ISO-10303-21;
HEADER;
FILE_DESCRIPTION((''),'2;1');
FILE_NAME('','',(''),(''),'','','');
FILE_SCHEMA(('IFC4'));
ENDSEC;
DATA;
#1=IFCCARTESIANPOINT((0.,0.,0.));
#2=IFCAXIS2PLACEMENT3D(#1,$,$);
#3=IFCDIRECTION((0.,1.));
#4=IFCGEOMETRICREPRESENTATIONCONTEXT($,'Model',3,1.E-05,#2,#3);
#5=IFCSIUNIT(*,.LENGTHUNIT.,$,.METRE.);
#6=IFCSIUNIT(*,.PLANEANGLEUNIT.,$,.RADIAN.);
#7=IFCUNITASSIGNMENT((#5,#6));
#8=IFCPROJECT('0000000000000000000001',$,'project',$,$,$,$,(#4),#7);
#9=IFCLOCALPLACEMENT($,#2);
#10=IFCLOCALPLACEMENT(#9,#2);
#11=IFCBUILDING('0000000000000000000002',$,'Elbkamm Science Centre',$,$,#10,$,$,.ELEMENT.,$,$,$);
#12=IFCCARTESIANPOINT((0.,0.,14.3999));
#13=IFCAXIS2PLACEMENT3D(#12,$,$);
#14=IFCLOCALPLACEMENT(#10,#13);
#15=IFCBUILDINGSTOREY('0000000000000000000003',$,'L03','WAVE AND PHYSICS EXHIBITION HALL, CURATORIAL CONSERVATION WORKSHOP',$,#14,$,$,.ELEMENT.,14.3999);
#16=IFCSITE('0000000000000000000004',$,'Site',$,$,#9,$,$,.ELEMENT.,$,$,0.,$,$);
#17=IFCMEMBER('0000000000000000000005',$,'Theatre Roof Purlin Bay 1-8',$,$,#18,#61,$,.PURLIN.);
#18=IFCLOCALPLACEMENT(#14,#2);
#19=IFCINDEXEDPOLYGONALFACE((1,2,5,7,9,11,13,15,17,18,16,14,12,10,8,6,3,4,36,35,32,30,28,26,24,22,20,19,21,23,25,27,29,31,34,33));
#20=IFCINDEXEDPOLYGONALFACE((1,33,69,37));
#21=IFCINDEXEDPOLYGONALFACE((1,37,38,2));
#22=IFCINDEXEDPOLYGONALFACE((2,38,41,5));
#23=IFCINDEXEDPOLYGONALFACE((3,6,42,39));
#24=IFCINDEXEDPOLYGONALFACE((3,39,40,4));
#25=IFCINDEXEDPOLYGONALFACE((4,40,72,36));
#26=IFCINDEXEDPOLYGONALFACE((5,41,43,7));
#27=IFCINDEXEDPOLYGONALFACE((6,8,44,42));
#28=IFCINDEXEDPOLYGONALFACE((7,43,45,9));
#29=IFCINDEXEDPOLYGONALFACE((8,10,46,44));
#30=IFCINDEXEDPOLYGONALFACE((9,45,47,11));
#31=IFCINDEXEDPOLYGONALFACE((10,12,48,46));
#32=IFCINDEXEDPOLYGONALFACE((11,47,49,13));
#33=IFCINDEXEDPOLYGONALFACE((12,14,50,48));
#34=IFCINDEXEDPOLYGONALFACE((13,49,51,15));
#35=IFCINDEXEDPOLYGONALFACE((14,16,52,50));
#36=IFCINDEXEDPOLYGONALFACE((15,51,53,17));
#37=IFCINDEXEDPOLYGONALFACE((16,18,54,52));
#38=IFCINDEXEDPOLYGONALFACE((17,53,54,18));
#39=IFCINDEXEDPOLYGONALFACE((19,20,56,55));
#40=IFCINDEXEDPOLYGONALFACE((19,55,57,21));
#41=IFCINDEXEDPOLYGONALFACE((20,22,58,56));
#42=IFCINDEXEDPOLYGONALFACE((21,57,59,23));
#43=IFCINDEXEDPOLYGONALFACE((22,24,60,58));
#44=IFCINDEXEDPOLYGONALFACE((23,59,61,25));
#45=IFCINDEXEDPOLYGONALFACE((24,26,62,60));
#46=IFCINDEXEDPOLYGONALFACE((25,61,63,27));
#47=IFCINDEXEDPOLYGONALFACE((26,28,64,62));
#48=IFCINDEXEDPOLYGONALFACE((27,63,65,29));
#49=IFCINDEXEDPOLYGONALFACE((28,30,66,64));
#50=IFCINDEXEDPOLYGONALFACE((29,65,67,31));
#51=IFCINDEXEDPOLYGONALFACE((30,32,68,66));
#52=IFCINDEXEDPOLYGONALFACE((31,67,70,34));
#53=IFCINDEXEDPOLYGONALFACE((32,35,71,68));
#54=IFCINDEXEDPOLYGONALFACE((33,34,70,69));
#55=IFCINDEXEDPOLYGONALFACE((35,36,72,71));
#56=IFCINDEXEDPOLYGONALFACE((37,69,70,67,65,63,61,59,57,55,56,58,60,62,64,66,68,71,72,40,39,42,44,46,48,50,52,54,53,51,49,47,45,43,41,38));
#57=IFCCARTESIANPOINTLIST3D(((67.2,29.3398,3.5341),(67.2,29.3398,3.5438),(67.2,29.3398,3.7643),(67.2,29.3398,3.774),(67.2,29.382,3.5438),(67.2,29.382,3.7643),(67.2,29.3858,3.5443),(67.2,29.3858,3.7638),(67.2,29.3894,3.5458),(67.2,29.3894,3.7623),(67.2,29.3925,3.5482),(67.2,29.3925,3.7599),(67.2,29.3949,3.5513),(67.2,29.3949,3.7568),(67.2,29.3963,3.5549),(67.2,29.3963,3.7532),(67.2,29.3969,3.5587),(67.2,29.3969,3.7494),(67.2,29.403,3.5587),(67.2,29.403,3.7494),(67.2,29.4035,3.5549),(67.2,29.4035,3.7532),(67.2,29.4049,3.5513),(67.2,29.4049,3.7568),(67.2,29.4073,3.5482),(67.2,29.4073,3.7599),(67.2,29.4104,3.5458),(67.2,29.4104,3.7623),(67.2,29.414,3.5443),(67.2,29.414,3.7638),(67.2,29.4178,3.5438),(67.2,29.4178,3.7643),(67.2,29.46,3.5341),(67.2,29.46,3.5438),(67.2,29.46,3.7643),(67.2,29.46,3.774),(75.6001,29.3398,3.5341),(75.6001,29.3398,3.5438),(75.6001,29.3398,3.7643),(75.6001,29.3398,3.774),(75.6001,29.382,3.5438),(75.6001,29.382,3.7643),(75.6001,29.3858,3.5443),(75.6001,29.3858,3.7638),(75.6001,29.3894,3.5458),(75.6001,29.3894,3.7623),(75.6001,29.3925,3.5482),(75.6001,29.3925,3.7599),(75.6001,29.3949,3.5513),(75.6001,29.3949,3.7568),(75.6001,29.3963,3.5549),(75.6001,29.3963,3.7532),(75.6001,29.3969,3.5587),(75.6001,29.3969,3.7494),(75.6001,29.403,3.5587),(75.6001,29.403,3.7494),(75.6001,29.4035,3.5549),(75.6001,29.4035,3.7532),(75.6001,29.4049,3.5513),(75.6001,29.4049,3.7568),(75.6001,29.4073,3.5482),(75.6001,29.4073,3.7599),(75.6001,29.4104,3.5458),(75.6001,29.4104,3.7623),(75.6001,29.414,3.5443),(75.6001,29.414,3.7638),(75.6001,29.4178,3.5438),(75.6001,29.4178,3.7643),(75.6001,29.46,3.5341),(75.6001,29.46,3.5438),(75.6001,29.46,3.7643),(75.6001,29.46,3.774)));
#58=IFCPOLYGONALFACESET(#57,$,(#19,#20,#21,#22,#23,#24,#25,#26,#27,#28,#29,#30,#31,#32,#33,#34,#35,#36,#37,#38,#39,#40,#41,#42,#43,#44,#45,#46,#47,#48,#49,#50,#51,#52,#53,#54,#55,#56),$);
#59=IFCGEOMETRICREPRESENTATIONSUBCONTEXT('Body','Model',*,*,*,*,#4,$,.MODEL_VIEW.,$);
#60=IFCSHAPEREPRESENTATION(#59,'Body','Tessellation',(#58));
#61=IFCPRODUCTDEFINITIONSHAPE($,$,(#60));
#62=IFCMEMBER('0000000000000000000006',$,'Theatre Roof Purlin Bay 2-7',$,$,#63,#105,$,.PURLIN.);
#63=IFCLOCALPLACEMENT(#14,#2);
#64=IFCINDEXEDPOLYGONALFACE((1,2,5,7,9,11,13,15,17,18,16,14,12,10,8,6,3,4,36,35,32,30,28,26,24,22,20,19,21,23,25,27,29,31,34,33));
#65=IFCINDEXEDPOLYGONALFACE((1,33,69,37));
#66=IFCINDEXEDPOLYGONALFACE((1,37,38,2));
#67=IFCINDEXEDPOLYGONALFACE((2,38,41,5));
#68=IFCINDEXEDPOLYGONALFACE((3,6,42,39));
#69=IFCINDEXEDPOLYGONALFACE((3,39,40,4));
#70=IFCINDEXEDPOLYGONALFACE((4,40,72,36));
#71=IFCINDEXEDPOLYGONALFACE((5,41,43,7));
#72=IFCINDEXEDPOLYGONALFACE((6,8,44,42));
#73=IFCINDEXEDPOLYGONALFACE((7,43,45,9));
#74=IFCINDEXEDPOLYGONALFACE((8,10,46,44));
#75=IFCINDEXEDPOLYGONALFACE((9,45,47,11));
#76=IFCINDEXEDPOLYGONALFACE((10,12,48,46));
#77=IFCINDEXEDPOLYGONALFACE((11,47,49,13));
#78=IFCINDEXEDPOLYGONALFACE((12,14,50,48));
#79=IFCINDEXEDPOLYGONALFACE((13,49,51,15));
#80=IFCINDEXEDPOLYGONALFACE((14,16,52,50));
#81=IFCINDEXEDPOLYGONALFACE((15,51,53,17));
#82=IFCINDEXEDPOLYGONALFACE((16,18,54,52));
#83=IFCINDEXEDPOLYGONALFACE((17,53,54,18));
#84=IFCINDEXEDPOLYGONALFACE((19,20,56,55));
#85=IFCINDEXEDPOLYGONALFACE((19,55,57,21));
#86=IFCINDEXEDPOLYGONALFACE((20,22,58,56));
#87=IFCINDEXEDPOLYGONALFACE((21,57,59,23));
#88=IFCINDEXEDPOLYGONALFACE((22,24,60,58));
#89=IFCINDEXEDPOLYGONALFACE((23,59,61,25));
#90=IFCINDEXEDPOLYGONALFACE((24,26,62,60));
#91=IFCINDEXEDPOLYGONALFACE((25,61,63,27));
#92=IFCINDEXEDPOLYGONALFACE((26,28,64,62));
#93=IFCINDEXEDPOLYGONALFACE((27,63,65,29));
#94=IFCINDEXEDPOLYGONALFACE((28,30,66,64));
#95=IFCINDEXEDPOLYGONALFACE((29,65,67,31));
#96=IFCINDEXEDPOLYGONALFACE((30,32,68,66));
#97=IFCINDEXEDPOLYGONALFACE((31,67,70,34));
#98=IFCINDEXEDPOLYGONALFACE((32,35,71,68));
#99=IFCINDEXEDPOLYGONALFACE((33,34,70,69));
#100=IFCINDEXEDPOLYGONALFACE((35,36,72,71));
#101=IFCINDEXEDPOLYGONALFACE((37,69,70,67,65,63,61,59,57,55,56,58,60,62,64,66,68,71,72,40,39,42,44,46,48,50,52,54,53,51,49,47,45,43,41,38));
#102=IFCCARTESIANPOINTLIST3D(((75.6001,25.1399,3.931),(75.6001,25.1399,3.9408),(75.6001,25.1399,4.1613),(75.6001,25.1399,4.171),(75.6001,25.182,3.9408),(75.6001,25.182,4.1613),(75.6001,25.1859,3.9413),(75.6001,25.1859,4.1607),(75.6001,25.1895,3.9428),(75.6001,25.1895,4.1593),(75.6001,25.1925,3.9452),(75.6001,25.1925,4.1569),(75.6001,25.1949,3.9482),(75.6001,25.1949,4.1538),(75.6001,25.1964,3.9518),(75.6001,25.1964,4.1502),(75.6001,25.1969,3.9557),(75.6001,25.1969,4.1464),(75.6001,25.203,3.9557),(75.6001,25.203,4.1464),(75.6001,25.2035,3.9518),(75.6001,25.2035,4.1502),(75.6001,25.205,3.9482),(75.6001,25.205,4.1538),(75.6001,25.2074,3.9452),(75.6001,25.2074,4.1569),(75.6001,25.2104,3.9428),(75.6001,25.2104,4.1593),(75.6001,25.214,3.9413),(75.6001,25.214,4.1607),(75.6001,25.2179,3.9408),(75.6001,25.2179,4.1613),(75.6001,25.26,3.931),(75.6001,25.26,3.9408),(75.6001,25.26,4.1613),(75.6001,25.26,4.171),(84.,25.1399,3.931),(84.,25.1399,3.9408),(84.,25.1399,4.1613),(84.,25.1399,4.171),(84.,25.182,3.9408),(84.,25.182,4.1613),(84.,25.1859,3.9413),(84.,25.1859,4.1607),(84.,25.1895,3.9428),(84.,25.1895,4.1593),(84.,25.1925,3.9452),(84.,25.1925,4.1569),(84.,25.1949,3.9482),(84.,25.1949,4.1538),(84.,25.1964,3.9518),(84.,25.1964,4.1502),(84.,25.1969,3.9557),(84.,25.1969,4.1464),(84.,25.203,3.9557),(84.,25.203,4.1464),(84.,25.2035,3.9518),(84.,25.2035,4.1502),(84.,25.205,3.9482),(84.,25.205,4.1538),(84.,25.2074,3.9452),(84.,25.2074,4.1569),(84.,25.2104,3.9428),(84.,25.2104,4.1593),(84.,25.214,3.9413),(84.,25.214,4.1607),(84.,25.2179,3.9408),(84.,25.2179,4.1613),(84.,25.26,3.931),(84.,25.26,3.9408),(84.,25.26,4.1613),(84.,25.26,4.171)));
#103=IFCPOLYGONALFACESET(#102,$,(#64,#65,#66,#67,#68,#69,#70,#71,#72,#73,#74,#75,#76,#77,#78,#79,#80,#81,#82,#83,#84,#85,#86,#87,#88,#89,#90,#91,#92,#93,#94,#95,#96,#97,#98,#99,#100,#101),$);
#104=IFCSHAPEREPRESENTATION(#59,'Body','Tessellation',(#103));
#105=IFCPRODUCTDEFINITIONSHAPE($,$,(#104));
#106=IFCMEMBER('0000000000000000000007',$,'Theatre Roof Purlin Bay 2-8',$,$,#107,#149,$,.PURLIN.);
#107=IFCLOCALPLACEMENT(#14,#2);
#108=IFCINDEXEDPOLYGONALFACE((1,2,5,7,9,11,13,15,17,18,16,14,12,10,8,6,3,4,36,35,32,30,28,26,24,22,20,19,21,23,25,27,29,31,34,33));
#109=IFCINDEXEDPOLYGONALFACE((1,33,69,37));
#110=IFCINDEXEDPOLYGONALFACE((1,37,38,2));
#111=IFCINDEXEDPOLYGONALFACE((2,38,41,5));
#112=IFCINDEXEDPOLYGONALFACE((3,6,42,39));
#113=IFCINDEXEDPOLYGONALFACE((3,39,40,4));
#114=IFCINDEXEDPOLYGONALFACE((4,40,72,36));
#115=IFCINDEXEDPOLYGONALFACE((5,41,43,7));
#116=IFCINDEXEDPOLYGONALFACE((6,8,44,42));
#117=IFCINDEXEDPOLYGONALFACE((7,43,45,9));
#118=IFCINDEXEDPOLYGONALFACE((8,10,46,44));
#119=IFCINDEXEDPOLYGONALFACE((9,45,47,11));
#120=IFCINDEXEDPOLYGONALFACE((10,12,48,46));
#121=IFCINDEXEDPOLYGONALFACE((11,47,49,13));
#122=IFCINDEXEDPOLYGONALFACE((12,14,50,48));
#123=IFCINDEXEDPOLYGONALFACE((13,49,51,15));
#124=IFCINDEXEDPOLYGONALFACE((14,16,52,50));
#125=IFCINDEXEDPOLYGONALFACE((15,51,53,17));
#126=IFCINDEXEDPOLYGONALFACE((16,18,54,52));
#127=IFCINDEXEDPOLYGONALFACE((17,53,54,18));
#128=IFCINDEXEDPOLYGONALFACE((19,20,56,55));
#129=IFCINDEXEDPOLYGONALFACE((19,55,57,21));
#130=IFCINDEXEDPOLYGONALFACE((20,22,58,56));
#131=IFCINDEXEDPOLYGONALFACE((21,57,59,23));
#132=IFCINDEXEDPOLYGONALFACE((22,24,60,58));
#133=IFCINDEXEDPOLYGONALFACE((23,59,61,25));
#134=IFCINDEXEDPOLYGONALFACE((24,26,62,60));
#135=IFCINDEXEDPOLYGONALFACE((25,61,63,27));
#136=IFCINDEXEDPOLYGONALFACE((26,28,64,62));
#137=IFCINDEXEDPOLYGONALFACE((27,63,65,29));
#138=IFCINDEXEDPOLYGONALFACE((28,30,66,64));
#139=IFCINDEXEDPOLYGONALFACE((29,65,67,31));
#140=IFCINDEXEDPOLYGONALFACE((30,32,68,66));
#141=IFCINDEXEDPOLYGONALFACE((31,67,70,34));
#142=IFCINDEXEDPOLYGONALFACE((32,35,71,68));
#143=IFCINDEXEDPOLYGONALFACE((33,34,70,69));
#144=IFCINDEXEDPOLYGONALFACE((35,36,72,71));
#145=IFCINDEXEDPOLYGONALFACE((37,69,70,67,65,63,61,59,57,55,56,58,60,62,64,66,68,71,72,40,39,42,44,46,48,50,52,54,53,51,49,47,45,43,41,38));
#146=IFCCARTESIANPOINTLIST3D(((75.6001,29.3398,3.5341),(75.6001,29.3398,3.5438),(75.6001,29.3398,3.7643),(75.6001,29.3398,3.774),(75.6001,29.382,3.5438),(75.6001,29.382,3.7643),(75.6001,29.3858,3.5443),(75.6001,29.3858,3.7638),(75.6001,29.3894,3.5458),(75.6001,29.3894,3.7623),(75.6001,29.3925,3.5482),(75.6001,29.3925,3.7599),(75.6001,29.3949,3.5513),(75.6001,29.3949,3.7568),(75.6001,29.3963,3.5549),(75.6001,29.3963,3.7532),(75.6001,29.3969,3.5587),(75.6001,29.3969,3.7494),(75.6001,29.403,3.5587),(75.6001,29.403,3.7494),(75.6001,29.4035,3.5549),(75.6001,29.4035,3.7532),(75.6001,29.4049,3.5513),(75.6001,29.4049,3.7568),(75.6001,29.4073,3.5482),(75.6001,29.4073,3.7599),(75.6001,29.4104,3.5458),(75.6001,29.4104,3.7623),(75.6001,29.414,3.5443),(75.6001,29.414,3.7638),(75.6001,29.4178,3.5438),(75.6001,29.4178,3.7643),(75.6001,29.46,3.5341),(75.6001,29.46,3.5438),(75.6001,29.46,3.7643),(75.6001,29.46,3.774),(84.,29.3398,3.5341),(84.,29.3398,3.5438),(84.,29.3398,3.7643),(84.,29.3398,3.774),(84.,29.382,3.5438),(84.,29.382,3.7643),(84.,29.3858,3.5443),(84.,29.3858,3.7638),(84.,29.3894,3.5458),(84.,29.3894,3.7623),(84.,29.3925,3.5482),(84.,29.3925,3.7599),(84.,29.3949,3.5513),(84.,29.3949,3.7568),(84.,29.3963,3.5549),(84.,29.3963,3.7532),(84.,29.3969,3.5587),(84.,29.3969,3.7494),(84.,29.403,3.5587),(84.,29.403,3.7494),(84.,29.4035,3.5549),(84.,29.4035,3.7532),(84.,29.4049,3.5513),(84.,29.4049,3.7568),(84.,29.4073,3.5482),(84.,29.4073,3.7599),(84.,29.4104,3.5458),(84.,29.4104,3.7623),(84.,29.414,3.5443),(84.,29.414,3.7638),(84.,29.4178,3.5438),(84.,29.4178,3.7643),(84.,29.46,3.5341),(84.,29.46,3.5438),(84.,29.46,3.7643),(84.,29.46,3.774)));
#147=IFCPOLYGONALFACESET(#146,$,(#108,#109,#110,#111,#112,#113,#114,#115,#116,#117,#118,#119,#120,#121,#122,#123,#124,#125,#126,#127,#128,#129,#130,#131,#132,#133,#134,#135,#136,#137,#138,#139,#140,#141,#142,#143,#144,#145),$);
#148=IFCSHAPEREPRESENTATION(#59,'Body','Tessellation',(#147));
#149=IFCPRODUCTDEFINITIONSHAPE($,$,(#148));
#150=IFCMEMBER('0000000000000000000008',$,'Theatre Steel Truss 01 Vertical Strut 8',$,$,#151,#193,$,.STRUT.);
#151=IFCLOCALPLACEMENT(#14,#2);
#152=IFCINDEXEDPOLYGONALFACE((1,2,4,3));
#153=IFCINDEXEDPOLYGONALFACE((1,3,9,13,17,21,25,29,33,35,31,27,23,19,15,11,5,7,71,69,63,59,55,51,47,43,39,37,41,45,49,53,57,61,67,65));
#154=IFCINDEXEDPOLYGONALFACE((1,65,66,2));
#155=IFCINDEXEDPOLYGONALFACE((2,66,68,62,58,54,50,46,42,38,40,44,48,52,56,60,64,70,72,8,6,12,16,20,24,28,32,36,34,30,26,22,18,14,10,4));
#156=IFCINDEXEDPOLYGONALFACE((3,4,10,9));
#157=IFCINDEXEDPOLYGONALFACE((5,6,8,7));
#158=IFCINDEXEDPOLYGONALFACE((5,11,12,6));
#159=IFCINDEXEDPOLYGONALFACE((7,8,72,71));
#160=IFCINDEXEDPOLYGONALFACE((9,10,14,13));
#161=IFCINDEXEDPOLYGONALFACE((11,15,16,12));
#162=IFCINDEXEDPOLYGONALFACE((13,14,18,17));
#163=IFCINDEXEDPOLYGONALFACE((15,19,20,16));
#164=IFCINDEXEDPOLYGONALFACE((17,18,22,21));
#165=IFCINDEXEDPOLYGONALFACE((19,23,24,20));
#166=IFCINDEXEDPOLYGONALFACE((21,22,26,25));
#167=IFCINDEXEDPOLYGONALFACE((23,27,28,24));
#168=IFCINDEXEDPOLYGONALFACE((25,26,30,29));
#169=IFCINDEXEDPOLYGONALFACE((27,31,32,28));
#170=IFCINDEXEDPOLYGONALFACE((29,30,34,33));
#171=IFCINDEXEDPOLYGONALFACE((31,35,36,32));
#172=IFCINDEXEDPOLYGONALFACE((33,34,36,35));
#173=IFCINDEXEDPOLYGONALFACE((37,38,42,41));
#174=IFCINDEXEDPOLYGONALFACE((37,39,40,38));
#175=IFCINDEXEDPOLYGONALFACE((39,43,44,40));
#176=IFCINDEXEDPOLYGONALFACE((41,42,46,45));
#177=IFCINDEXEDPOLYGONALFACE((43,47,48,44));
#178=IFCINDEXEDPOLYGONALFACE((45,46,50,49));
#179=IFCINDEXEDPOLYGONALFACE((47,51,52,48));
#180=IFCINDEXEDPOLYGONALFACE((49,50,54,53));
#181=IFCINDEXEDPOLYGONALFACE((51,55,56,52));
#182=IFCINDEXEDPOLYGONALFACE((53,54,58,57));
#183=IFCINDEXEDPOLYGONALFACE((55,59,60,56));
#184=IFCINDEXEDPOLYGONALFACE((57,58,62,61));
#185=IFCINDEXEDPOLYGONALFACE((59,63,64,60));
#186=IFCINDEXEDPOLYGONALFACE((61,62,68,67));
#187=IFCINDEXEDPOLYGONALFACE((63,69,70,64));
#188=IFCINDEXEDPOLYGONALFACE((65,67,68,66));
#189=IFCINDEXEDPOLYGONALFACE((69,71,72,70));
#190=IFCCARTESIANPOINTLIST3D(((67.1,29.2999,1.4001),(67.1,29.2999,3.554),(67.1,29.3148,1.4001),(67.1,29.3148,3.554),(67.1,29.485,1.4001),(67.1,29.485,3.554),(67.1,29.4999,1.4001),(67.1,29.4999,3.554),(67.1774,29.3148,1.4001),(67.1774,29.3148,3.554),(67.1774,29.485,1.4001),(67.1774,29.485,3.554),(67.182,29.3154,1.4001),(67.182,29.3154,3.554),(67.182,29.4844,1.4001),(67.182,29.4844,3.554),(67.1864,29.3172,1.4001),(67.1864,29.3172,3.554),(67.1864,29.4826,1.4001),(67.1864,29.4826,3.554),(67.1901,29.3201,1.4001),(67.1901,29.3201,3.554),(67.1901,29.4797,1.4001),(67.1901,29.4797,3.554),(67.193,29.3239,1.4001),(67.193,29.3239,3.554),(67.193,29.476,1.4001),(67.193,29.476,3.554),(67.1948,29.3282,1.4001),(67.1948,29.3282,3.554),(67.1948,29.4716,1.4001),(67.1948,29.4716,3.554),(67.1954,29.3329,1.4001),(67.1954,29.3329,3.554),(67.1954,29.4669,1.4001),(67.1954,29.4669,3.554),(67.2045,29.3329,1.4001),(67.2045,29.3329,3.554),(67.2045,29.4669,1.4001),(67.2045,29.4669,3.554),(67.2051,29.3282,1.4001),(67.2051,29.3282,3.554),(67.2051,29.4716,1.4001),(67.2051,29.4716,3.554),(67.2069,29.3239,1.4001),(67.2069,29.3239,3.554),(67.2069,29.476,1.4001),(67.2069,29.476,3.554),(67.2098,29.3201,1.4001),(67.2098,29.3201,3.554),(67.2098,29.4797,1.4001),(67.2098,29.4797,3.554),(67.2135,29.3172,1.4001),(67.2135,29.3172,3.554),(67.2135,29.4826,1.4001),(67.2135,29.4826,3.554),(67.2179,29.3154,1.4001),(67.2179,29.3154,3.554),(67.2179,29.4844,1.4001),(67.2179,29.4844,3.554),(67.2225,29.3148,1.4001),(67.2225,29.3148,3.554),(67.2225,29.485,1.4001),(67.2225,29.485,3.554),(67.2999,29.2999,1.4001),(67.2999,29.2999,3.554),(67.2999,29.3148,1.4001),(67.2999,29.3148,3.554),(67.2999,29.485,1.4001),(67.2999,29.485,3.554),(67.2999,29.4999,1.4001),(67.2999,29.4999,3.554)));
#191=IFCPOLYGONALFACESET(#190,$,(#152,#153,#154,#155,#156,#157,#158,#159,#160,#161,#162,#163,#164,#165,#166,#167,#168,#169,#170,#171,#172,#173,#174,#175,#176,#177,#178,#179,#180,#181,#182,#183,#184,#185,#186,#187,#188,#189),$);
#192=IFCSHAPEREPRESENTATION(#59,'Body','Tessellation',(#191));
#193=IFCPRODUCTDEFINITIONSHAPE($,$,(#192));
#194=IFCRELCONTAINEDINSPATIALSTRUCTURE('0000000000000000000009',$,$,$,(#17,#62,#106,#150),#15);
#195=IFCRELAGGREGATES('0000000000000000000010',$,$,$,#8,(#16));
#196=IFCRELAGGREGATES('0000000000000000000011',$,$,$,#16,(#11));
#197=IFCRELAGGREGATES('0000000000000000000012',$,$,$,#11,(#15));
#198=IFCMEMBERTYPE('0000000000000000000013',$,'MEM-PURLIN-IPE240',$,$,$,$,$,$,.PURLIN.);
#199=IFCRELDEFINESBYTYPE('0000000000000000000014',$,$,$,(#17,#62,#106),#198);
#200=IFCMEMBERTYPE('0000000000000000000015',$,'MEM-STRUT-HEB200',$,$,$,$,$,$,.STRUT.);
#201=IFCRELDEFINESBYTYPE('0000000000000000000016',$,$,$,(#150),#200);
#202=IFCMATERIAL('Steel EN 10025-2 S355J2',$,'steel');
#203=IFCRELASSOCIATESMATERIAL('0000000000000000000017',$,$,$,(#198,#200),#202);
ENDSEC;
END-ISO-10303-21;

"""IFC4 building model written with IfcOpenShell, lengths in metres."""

from ifc_helpers import new_model, si_unit, direction, frame, origin, origin_2d, place, context, subcontext, project, spatial, i_section, extrude, material, material_profile, profile_set, type_object, element, save


model = new_model("IFC4")

# Units and contexts
model_context = context("Model", 3, precision=1e-05, world=origin(), true_north=direction((0.0, 1.0)))
body_context = subcontext(model_context, "Body", "Model", "MODEL_VIEW")
ifc_project = project(units=[si_unit("LENGTHUNIT", "METRE"), si_unit("PLANEANGLEUNIT", "RADIAN")], contexts=[model_context])

# Site, building, storey
site_placement = place(None, origin())
site = spatial("IfcSite", under=ifc_project, at=site_placement, Name="Site", CompositionType="ELEMENT", RefElevation=0.0)
building_placement = place(site_placement, origin())
building = spatial("IfcBuilding", under=site, at=building_placement, Name="Elbkamm Science Centre", CompositionType="ELEMENT")
storey_placement = place(building_placement, frame((0.0, 0.0, 14.3999)))
storey = spatial("IfcBuildingStorey", under=building, at=storey_placement, Name="L03", Description="WAVE AND PHYSICS EXHIBITION HALL, CURATORIAL CONSERVATION WORKSHOP", CompositionType="ELEMENT", Elevation=14.3999)

# Shared definitions
ifc_material_1 = material(Name="Steel EN 10025-2 S355J2", Category="steel")

# Members
ifc_material_profile_1 = material_profile(ifc_material_1, i_section(OverallWidth=0.1201, OverallDepth=0.24, WebThickness=0.0061, FlangeThickness=0.0098, FilletRadius=0.0149, at=origin_2d()), Name="IPE 240")
ifc_profile_set_1 = profile_set([ifc_material_profile_1], Name="Steel EN 10025-2 S355J2")
member_type_1 = type_object("IfcMemberType", Name="MEM-PURLIN-IPE240", PredefinedType="PURLIN", material=ifc_profile_set_1)
member_1_placement = place(storey_placement, frame((67.2, 29.3999, 3.6541), z_axis=(1.0, 0.0, 0.0), x_axis=(0.0, 1.0, 0.0)))
element("IfcMember", 1, at=member_1_placement, inside=storey, type_object=member_type_1, Name="Theatre Roof Purlin Bay 1-8", PredefinedType="PURLIN", context=body_context, shape_type="SweptSolid", body=[
    extrude(i_section(OverallWidth=0.1201, OverallDepth=0.24, WebThickness=0.0061, FlangeThickness=0.0098, FilletRadius=0.0149, at=origin_2d()), origin(), (0.0, 0.0, 1.0), 8.4001),
])
for number, where, z_axis, x_axis, name in (
    (2, (75.6001, 25.2, 4.051), (1.0, 0.0, 0.0), (0.0, 1.0, 0.0), "Theatre Roof Purlin Bay 2-7"),
    (3, (75.6001, 29.3999, 3.6541), (1.0, 0.0, 0.0), (0.0, 1.0, 0.0), "Theatre Roof Purlin Bay 2-8"),
):
    element("IfcMember", number, at=place(storey_placement, frame(where, z_axis=z_axis, x_axis=x_axis)), inside=storey, type_object=member_type_1, Name=name, PredefinedType="PURLIN", context=body_context, shape_type="SweptSolid", body=[
        extrude(i_section(OverallWidth=0.1201, OverallDepth=0.24, WebThickness=0.0061, FlangeThickness=0.0098, FilletRadius=0.0149, at=origin_2d()), origin(), (0.0, 0.0, 1.0), 8.3999),
    ])
ifc_material_profile_2 = material_profile(ifc_material_1, i_section(OverallWidth=0.2, OverallDepth=0.2, WebThickness=0.009, FlangeThickness=0.0149, FilletRadius=0.0181, at=origin_2d()), Name="HEB 200")
ifc_profile_set_2 = profile_set([ifc_material_profile_2], Name="Steel EN 10025-2 S355J2")
member_type_2 = type_object("IfcMemberType", Name="MEM-STRUT-HEB200", PredefinedType="STRUT", material=ifc_profile_set_2)
member_2_placement = place(storey_placement, frame((67.2, 29.3999, 1.4001), z_axis=(0.0, 0.0, 1.0), x_axis=(1.0, 0.0, 0.0)))
element("IfcMember", 4, at=member_2_placement, inside=storey, type_object=member_type_2, Name="Theatre Steel Truss 01 Vertical Strut 8", PredefinedType="STRUT", context=body_context, shape_type="SweptSolid", body=[
    extrude(i_section(OverallWidth=0.2, OverallDepth=0.2, WebThickness=0.009, FlangeThickness=0.0149, FilletRadius=0.0181, at=origin_2d()), origin(), (0.0, 0.0, 1.0), 2.1538),
])

save(model, "model.ifc")
